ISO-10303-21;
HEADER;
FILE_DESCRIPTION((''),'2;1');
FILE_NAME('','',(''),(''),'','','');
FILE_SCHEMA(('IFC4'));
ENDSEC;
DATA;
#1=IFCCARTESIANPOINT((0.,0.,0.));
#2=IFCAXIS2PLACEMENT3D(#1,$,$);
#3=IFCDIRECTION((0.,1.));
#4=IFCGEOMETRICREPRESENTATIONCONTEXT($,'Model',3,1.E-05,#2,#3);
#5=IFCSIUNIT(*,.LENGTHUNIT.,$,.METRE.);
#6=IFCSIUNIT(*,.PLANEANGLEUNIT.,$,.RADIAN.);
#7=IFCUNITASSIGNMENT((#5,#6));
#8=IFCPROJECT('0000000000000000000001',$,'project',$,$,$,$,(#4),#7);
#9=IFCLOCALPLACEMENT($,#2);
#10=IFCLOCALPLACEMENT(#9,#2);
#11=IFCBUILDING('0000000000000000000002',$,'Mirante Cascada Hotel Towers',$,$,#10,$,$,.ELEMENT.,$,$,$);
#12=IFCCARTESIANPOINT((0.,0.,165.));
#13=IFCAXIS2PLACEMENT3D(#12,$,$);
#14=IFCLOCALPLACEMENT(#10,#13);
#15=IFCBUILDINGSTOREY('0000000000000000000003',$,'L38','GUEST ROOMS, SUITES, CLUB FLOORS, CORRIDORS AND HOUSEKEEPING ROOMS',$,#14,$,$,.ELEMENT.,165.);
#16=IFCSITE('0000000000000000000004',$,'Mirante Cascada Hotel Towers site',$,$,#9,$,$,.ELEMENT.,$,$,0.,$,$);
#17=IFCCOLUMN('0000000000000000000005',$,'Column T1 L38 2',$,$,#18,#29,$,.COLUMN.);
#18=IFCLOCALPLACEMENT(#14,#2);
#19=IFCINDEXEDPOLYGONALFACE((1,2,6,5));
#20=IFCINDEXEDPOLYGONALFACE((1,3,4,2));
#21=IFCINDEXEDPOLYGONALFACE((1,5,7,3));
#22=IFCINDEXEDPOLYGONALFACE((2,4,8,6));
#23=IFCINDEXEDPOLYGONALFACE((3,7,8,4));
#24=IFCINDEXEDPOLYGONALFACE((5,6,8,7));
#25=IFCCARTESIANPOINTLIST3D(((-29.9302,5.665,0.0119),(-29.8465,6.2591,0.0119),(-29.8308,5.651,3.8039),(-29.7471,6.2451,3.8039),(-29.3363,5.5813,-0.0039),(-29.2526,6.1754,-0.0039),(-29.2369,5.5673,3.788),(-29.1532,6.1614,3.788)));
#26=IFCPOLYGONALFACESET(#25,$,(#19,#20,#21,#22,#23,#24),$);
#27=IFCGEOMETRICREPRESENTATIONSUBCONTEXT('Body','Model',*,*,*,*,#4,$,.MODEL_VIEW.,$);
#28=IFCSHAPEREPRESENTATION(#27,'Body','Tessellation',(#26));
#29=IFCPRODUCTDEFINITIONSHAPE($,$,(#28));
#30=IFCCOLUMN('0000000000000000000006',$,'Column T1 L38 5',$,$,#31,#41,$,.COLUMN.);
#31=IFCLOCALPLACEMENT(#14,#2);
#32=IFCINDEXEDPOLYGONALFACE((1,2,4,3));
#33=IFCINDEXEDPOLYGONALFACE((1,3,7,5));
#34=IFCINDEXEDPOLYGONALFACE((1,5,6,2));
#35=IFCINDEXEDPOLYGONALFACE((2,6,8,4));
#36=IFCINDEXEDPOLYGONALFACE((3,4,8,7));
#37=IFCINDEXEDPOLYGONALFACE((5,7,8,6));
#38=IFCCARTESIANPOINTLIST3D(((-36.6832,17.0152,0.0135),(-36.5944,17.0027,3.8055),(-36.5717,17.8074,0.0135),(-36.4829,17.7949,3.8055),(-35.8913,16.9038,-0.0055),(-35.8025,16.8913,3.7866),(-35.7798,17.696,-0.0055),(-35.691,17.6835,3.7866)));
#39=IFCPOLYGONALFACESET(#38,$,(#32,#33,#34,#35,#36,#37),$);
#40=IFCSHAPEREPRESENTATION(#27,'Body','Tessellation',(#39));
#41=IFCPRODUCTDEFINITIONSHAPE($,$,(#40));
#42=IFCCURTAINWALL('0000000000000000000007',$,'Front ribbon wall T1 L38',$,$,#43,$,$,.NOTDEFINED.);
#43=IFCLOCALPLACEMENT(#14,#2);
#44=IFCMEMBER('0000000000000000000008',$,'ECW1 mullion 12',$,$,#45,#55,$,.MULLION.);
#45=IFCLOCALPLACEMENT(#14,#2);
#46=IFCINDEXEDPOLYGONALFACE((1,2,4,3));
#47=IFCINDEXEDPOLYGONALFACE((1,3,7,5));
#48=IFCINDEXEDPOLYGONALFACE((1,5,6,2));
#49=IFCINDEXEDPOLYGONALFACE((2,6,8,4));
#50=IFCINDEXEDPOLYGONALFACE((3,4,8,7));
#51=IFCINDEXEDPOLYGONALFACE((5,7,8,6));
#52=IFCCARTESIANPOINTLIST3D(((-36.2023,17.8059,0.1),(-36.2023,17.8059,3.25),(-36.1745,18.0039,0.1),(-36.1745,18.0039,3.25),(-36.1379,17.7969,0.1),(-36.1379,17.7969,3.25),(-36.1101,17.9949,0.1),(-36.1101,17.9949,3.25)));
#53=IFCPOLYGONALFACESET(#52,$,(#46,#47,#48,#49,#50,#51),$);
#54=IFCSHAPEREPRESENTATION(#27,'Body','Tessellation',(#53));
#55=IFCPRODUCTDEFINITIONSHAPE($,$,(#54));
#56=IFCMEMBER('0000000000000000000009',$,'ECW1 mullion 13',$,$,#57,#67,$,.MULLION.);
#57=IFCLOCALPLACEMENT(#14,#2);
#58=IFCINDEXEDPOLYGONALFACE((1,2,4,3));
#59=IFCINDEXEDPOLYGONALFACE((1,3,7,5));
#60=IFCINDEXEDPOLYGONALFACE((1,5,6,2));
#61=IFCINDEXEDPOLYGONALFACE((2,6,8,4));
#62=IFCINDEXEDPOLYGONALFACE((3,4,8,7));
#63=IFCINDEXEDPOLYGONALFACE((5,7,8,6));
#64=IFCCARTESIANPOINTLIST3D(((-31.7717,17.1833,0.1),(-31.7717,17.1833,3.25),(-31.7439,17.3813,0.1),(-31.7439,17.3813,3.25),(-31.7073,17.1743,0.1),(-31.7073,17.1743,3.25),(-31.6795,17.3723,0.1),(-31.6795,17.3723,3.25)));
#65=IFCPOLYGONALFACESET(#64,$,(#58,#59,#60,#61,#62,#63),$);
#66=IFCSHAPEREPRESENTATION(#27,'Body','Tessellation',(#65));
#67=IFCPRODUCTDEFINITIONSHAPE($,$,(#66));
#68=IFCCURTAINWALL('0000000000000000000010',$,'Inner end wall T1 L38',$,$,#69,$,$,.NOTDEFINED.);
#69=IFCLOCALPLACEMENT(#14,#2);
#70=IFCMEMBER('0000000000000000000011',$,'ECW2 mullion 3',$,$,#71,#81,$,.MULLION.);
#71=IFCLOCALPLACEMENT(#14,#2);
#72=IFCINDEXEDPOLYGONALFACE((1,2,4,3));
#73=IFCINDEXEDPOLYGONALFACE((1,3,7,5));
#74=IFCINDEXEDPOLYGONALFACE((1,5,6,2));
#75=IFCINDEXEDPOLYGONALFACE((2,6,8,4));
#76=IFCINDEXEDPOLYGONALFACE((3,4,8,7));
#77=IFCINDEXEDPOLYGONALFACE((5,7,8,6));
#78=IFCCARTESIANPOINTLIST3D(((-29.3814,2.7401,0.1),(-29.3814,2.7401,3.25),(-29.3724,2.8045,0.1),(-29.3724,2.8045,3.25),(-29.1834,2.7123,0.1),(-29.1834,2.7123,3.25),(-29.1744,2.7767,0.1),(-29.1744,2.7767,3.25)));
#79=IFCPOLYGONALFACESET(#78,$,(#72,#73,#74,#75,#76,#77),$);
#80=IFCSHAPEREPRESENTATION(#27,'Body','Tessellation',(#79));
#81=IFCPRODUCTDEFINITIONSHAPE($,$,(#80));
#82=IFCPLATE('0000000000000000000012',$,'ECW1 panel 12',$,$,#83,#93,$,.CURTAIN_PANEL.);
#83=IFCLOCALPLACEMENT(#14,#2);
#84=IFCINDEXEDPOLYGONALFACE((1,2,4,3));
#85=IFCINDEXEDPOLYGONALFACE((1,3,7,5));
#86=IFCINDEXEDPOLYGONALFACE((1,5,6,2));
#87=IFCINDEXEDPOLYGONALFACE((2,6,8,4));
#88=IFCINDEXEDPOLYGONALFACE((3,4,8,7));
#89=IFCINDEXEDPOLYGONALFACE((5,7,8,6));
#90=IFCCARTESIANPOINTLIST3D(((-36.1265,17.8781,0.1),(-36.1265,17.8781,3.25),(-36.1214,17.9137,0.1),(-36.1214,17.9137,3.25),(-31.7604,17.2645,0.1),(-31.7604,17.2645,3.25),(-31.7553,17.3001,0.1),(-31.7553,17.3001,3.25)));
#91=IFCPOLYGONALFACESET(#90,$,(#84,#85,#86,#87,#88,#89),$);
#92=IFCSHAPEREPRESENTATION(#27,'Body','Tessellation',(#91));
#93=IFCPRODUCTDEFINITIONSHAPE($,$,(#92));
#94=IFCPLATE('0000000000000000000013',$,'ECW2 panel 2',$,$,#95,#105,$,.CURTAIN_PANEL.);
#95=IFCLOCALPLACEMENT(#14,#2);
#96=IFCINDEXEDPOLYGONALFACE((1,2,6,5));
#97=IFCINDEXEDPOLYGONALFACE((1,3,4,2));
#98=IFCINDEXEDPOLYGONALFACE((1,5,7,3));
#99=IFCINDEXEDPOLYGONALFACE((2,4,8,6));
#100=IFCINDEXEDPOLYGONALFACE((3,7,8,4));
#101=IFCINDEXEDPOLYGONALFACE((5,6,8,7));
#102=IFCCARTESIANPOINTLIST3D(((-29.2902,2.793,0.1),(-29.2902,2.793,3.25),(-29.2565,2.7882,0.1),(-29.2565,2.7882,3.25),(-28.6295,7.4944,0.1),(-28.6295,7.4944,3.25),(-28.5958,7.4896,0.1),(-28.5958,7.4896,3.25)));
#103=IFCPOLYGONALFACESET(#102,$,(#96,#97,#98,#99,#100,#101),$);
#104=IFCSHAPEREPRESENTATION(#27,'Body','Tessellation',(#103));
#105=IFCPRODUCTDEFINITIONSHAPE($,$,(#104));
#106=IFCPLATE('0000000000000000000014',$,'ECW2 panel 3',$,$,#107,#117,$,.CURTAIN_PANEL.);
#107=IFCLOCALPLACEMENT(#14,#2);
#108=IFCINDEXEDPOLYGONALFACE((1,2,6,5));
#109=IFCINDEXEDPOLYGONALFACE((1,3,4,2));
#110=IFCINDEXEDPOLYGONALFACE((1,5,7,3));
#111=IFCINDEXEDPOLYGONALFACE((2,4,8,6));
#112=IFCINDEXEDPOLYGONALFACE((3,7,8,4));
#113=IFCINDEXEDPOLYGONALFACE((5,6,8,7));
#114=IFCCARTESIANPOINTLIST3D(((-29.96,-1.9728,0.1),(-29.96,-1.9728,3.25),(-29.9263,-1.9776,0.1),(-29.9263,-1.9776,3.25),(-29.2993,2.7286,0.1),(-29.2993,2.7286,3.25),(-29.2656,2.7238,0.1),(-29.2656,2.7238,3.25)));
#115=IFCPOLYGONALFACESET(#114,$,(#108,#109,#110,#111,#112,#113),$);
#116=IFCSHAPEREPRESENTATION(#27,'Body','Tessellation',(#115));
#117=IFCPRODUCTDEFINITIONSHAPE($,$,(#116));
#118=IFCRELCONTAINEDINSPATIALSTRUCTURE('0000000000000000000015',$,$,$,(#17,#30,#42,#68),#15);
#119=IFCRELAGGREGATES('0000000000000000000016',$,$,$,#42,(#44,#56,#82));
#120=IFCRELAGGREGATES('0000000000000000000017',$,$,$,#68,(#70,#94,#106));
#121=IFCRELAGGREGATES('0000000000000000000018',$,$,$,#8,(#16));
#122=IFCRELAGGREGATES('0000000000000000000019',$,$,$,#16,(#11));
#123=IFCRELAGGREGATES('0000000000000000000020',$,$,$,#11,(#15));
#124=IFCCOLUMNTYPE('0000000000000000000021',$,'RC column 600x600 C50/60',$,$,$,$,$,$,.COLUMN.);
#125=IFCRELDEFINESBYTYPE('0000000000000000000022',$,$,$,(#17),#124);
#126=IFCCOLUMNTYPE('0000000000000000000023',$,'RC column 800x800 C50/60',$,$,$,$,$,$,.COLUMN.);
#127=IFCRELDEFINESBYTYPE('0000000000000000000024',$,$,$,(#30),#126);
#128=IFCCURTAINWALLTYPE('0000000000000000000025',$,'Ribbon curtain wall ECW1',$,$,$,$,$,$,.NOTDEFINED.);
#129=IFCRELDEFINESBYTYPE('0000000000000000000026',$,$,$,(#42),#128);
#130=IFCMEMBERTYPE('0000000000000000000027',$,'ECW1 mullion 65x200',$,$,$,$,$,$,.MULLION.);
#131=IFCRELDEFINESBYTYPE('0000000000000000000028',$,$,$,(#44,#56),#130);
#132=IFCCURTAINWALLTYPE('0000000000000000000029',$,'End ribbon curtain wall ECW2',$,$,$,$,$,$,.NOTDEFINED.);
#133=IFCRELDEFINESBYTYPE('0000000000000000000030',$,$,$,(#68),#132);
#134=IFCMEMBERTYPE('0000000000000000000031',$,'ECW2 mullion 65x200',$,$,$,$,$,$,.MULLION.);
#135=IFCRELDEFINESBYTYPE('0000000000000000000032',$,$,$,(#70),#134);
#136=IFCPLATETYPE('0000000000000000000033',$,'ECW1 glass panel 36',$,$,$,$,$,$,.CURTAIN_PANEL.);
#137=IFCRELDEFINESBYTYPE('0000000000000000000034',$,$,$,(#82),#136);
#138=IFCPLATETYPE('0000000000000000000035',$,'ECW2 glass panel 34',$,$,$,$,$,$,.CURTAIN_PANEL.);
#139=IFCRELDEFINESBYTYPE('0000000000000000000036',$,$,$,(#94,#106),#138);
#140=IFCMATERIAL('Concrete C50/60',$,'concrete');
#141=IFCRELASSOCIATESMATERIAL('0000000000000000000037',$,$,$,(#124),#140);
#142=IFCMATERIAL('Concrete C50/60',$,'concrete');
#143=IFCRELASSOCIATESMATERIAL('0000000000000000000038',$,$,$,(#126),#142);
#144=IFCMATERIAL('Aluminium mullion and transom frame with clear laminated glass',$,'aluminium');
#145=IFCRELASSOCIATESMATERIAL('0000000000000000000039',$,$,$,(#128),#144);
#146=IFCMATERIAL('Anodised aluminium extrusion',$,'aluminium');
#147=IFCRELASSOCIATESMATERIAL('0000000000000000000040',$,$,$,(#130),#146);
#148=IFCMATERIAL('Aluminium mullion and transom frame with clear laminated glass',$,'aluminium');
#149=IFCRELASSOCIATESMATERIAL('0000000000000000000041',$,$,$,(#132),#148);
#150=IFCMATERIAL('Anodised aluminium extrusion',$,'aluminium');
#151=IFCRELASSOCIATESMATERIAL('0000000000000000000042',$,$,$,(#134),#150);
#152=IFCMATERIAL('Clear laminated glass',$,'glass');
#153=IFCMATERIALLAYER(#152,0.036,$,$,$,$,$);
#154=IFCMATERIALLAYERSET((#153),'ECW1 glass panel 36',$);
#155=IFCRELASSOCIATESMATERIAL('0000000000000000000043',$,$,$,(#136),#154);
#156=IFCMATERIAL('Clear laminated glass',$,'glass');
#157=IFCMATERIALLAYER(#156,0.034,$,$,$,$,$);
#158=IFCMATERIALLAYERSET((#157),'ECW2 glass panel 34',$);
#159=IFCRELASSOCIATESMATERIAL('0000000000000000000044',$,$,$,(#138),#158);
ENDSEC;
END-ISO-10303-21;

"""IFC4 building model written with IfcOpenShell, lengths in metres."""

from ifc_helpers import new_model, si_unit, direction, frame, origin, origin_2d, place, context, subcontext, project, spatial, rectangle, extrude, material, layer, layer_set, material_profile, profile_set, type_object, element, aggregate, save


model = new_model("IFC4")

# Units and contexts
model_context = context("Model", 3, precision=1e-05, world=origin(), true_north=direction((0.0, 1.0)))
body_context = subcontext(model_context, "Body", "Model", "MODEL_VIEW")
ifc_project = project(units=[si_unit("LENGTHUNIT", "METRE"), si_unit("PLANEANGLEUNIT", "RADIAN")], contexts=[model_context])

# Site, building, storey
site_placement = place(None, origin())
site = spatial("IfcSite", under=ifc_project, at=site_placement, Name="Mirante Cascada Hotel Towers site", CompositionType="ELEMENT", RefElevation=0.0)
building_placement = place(site_placement, origin())
building = spatial("IfcBuilding", under=site, at=building_placement, Name="Mirante Cascada Hotel Towers", CompositionType="ELEMENT")
storey_placement = place(building_placement, frame((0.0, 0.0, 165.0)))
storey = spatial("IfcBuildingStorey", under=building, at=storey_placement, Name="L38", Description="GUEST ROOMS, SUITES, CLUB FLOORS, CORRIDORS AND HOUSEKEEPING ROOMS", CompositionType="ELEMENT", Elevation=165.0)

# Columns
ifc_material_1 = material(Name="Concrete C50/60", Category="concrete")
ifc_material_profile_1 = material_profile(ifc_material_1, rectangle(XDim=0.6, YDim=0.6, at=origin_2d()), Name="RC column 600x600 C50/60")
ifc_profile_set_1 = profile_set([ifc_material_profile_1], Name="Concrete C50/60")
column_type_1 = type_object("IfcColumnType", Name="RC column 600x600 C50/60", PredefinedType="COLUMN", material=ifc_profile_set_1)
column_1_placement = place(storey_placement, frame((-29.5914, 5.9202, 0.004), z_axis=(0.026204, -0.003691, 0.99965), x_axis=(0.139468, 0.990227, 0.0)))
element("IfcColumn", 1, at=column_1_placement, inside=storey, type_object=column_type_1, Name="Column T1 L38 2", PredefinedType="COLUMN", context=body_context, shape_type="SweptSolid", body=[
    extrude(rectangle(XDim=0.6, YDim=0.6, at=origin_2d()), origin(), (0.0, 0.0, 1.0), 3.7933),
])
ifc_material_2 = material(Name="Concrete C50/60", Category="concrete")
ifc_material_profile_2 = material_profile(ifc_material_2, rectangle(XDim=0.8, YDim=0.8, at=origin_2d()), Name="RC column 800x800 C50/60")
ifc_profile_set_2 = profile_set([ifc_material_profile_2], Name="Concrete C50/60")
column_type_2 = type_object("IfcColumnType", Name="RC column 800x800 C50/60", PredefinedType="COLUMN", material=ifc_profile_set_2)
column_2_placement = place(storey_placement, frame((-36.2315, 17.3556, 0.004), z_axis=(0.023411, -0.003295, 0.999721), x_axis=(0.139392, 0.990237, 0.0)))
element("IfcColumn", 2, at=column_2_placement, inside=storey, type_object=column_type_2, Name="Column T1 L38 5", PredefinedType="COLUMN", context=body_context, shape_type="SweptSolid", body=[
    extrude(rectangle(XDim=0.8, YDim=0.8, at=origin_2d()), origin(), (0.0, 0.0, 1.0), 3.7931),
])

# Curtain wall, members
ifc_material_3 = material(Name="Aluminium mullion and transom frame with clear laminated glass", Category="aluminium")
curtain_wall_type_1 = type_object("IfcCurtainWallType", Name="Ribbon curtain wall ECW1", PredefinedType="NOTDEFINED", material=ifc_material_3)
curtain_wall_1_placement = place(storey_placement, origin())
curtain_wall_1 = element("IfcCurtainWall", 3, at=curtain_wall_1_placement, inside=storey, type_object=curtain_wall_type_1, Name="Front ribbon wall T1 L38", PredefinedType="NOTDEFINED")
ifc_material_4 = material(Name="Anodised aluminium extrusion", Category="aluminium")
ifc_material_profile_3 = material_profile(ifc_material_4, rectangle(XDim=0.2, YDim=0.065, at=origin_2d()), Name="ECW1 MULLION 65x200")
ifc_profile_set_3 = profile_set([ifc_material_profile_3], Name="Anodised aluminium extrusion")
member_type_1 = type_object("IfcMemberType", Name="ECW1 mullion 65x200", PredefinedType="MULLION", material=ifc_profile_set_3)
member_1_placement = place(storey_placement, frame((-36.1562, 17.9004, 0.1), z_axis=(0.0, 0.0, 1.0), x_axis=(0.139173, 0.990268, 0.0)))
member_1 = element("IfcMember", 4, at=member_1_placement, type_object=member_type_1, Name="ECW1 mullion 12", PredefinedType="MULLION", context=body_context, shape_type="SweptSolid", body=[
    extrude(rectangle(XDim=0.2, YDim=0.065, at=origin_2d()), origin(), (0.0, 0.0, 1.0), 3.15),
])
member_2_placement = place(storey_placement, frame((-31.7256, 17.2778, 0.1), z_axis=(0.0, 0.0, 1.0), x_axis=(0.139173, 0.990268, 0.0)))
member_2 = element("IfcMember", 5, at=member_2_placement, type_object=member_type_1, Name="ECW1 mullion 13", PredefinedType="MULLION", context=body_context, shape_type="SweptSolid", body=[
    extrude(rectangle(XDim=0.2, YDim=0.065, at=origin_2d()), origin(), (0.0, 0.0, 1.0), 3.15),
])

# Curtain wall, member
ifc_material_5 = material(Name="Aluminium mullion and transom frame with clear laminated glass", Category="aluminium")
curtain_wall_type_2 = type_object("IfcCurtainWallType", Name="End ribbon curtain wall ECW2", PredefinedType="NOTDEFINED", material=ifc_material_5)
curtain_wall_2_placement = place(storey_placement, origin())
curtain_wall_2 = element("IfcCurtainWall", 6, at=curtain_wall_2_placement, inside=storey, type_object=curtain_wall_type_2, Name="Inner end wall T1 L38", PredefinedType="NOTDEFINED")
ifc_material_6 = material(Name="Anodised aluminium extrusion", Category="aluminium")
ifc_material_profile_4 = material_profile(ifc_material_6, rectangle(XDim=0.2, YDim=0.065, at=origin_2d()), Name="ECW2 MULLION 65x200")
ifc_profile_set_4 = profile_set([ifc_material_profile_4], Name="Anodised aluminium extrusion")
member_type_2 = type_object("IfcMemberType", Name="ECW2 mullion 65x200", PredefinedType="MULLION", material=ifc_profile_set_4)
member_3_placement = place(storey_placement, frame((-29.2779, 2.7584, 0.1), z_axis=(0.0, 0.0, 1.0), x_axis=(0.990268, -0.139173, 0.0)))
member_3 = element("IfcMember", 7, at=member_3_placement, type_object=member_type_2, Name="ECW2 mullion 3", PredefinedType="MULLION", context=body_context, shape_type="SweptSolid", body=[
    extrude(rectangle(XDim=0.2, YDim=0.065, at=origin_2d()), origin(), (0.0, 0.0, 1.0), 3.15),
])

# Plates
ifc_material_7 = material(Name="Clear laminated glass", Category="glass")
ifc_layer_1 = layer(ifc_material_7, 0.036)
ifc_layer_set_1 = layer_set([ifc_layer_1], Name="ECW1 glass panel 36")
plate_type_1 = type_object("IfcPlateType", Name="ECW1 glass panel 36", PredefinedType="CURTAIN_PANEL", material=ifc_layer_set_1)
plate_1_placement = place(storey_placement, frame((-33.9409, 17.5891, 0.1), z_axis=(0.0, 0.0, 1.0), x_axis=(0.990268, -0.139173, 0.0)))
plate_1 = element("IfcPlate", 8, at=plate_1_placement, type_object=plate_type_1, Name="ECW1 panel 12", PredefinedType="CURTAIN_PANEL", context=body_context, shape_type="SweptSolid", body=[
    extrude(rectangle(XDim=4.409, YDim=0.036, at=origin_2d()), origin(), (0.0, 0.0, 1.0), 3.15),
])
aggregate(curtain_wall_1, [member_1, member_2, plate_1])
ifc_material_8 = material(Name="Clear laminated glass", Category="glass")
ifc_layer_2 = layer(ifc_material_8, 0.034)
ifc_layer_set_2 = layer_set([ifc_layer_2], Name="ECW2 glass panel 34")
plate_type_2 = type_object("IfcPlateType", Name="ECW2 glass panel 34", PredefinedType="CURTAIN_PANEL", material=ifc_layer_set_2)
plate_2_placement = place(storey_placement, frame((-28.943, 5.1413, 0.1), z_axis=(0.0, 0.0, 1.0), x_axis=(-0.139173, -0.990268, 0.0)))
plate_2 = element("IfcPlate", 9, at=plate_2_placement, type_object=plate_type_2, Name="ECW2 panel 2", PredefinedType="CURTAIN_PANEL", context=body_context, shape_type="SweptSolid", body=[
    extrude(rectangle(XDim=4.7476, YDim=0.034, at=origin_2d()), origin(), (0.0, 0.0, 1.0), 3.15),
])
plate_3_placement = place(storey_placement, frame((-29.6128, 0.3755, 0.1), z_axis=(0.0, 0.0, 1.0), x_axis=(-0.139173, -0.990268, 0.0)))
plate_3 = element("IfcPlate", 10, at=plate_3_placement, type_object=plate_type_2, Name="ECW2 panel 3", PredefinedType="CURTAIN_PANEL", context=body_context, shape_type="SweptSolid", body=[
    extrude(rectangle(XDim=4.7476, YDim=0.034, at=origin_2d()), origin(), (0.0, 0.0, 1.0), 3.15),
])
aggregate(curtain_wall_2, [member_3, plate_2, plate_3])

save(model, "model.ifc")
